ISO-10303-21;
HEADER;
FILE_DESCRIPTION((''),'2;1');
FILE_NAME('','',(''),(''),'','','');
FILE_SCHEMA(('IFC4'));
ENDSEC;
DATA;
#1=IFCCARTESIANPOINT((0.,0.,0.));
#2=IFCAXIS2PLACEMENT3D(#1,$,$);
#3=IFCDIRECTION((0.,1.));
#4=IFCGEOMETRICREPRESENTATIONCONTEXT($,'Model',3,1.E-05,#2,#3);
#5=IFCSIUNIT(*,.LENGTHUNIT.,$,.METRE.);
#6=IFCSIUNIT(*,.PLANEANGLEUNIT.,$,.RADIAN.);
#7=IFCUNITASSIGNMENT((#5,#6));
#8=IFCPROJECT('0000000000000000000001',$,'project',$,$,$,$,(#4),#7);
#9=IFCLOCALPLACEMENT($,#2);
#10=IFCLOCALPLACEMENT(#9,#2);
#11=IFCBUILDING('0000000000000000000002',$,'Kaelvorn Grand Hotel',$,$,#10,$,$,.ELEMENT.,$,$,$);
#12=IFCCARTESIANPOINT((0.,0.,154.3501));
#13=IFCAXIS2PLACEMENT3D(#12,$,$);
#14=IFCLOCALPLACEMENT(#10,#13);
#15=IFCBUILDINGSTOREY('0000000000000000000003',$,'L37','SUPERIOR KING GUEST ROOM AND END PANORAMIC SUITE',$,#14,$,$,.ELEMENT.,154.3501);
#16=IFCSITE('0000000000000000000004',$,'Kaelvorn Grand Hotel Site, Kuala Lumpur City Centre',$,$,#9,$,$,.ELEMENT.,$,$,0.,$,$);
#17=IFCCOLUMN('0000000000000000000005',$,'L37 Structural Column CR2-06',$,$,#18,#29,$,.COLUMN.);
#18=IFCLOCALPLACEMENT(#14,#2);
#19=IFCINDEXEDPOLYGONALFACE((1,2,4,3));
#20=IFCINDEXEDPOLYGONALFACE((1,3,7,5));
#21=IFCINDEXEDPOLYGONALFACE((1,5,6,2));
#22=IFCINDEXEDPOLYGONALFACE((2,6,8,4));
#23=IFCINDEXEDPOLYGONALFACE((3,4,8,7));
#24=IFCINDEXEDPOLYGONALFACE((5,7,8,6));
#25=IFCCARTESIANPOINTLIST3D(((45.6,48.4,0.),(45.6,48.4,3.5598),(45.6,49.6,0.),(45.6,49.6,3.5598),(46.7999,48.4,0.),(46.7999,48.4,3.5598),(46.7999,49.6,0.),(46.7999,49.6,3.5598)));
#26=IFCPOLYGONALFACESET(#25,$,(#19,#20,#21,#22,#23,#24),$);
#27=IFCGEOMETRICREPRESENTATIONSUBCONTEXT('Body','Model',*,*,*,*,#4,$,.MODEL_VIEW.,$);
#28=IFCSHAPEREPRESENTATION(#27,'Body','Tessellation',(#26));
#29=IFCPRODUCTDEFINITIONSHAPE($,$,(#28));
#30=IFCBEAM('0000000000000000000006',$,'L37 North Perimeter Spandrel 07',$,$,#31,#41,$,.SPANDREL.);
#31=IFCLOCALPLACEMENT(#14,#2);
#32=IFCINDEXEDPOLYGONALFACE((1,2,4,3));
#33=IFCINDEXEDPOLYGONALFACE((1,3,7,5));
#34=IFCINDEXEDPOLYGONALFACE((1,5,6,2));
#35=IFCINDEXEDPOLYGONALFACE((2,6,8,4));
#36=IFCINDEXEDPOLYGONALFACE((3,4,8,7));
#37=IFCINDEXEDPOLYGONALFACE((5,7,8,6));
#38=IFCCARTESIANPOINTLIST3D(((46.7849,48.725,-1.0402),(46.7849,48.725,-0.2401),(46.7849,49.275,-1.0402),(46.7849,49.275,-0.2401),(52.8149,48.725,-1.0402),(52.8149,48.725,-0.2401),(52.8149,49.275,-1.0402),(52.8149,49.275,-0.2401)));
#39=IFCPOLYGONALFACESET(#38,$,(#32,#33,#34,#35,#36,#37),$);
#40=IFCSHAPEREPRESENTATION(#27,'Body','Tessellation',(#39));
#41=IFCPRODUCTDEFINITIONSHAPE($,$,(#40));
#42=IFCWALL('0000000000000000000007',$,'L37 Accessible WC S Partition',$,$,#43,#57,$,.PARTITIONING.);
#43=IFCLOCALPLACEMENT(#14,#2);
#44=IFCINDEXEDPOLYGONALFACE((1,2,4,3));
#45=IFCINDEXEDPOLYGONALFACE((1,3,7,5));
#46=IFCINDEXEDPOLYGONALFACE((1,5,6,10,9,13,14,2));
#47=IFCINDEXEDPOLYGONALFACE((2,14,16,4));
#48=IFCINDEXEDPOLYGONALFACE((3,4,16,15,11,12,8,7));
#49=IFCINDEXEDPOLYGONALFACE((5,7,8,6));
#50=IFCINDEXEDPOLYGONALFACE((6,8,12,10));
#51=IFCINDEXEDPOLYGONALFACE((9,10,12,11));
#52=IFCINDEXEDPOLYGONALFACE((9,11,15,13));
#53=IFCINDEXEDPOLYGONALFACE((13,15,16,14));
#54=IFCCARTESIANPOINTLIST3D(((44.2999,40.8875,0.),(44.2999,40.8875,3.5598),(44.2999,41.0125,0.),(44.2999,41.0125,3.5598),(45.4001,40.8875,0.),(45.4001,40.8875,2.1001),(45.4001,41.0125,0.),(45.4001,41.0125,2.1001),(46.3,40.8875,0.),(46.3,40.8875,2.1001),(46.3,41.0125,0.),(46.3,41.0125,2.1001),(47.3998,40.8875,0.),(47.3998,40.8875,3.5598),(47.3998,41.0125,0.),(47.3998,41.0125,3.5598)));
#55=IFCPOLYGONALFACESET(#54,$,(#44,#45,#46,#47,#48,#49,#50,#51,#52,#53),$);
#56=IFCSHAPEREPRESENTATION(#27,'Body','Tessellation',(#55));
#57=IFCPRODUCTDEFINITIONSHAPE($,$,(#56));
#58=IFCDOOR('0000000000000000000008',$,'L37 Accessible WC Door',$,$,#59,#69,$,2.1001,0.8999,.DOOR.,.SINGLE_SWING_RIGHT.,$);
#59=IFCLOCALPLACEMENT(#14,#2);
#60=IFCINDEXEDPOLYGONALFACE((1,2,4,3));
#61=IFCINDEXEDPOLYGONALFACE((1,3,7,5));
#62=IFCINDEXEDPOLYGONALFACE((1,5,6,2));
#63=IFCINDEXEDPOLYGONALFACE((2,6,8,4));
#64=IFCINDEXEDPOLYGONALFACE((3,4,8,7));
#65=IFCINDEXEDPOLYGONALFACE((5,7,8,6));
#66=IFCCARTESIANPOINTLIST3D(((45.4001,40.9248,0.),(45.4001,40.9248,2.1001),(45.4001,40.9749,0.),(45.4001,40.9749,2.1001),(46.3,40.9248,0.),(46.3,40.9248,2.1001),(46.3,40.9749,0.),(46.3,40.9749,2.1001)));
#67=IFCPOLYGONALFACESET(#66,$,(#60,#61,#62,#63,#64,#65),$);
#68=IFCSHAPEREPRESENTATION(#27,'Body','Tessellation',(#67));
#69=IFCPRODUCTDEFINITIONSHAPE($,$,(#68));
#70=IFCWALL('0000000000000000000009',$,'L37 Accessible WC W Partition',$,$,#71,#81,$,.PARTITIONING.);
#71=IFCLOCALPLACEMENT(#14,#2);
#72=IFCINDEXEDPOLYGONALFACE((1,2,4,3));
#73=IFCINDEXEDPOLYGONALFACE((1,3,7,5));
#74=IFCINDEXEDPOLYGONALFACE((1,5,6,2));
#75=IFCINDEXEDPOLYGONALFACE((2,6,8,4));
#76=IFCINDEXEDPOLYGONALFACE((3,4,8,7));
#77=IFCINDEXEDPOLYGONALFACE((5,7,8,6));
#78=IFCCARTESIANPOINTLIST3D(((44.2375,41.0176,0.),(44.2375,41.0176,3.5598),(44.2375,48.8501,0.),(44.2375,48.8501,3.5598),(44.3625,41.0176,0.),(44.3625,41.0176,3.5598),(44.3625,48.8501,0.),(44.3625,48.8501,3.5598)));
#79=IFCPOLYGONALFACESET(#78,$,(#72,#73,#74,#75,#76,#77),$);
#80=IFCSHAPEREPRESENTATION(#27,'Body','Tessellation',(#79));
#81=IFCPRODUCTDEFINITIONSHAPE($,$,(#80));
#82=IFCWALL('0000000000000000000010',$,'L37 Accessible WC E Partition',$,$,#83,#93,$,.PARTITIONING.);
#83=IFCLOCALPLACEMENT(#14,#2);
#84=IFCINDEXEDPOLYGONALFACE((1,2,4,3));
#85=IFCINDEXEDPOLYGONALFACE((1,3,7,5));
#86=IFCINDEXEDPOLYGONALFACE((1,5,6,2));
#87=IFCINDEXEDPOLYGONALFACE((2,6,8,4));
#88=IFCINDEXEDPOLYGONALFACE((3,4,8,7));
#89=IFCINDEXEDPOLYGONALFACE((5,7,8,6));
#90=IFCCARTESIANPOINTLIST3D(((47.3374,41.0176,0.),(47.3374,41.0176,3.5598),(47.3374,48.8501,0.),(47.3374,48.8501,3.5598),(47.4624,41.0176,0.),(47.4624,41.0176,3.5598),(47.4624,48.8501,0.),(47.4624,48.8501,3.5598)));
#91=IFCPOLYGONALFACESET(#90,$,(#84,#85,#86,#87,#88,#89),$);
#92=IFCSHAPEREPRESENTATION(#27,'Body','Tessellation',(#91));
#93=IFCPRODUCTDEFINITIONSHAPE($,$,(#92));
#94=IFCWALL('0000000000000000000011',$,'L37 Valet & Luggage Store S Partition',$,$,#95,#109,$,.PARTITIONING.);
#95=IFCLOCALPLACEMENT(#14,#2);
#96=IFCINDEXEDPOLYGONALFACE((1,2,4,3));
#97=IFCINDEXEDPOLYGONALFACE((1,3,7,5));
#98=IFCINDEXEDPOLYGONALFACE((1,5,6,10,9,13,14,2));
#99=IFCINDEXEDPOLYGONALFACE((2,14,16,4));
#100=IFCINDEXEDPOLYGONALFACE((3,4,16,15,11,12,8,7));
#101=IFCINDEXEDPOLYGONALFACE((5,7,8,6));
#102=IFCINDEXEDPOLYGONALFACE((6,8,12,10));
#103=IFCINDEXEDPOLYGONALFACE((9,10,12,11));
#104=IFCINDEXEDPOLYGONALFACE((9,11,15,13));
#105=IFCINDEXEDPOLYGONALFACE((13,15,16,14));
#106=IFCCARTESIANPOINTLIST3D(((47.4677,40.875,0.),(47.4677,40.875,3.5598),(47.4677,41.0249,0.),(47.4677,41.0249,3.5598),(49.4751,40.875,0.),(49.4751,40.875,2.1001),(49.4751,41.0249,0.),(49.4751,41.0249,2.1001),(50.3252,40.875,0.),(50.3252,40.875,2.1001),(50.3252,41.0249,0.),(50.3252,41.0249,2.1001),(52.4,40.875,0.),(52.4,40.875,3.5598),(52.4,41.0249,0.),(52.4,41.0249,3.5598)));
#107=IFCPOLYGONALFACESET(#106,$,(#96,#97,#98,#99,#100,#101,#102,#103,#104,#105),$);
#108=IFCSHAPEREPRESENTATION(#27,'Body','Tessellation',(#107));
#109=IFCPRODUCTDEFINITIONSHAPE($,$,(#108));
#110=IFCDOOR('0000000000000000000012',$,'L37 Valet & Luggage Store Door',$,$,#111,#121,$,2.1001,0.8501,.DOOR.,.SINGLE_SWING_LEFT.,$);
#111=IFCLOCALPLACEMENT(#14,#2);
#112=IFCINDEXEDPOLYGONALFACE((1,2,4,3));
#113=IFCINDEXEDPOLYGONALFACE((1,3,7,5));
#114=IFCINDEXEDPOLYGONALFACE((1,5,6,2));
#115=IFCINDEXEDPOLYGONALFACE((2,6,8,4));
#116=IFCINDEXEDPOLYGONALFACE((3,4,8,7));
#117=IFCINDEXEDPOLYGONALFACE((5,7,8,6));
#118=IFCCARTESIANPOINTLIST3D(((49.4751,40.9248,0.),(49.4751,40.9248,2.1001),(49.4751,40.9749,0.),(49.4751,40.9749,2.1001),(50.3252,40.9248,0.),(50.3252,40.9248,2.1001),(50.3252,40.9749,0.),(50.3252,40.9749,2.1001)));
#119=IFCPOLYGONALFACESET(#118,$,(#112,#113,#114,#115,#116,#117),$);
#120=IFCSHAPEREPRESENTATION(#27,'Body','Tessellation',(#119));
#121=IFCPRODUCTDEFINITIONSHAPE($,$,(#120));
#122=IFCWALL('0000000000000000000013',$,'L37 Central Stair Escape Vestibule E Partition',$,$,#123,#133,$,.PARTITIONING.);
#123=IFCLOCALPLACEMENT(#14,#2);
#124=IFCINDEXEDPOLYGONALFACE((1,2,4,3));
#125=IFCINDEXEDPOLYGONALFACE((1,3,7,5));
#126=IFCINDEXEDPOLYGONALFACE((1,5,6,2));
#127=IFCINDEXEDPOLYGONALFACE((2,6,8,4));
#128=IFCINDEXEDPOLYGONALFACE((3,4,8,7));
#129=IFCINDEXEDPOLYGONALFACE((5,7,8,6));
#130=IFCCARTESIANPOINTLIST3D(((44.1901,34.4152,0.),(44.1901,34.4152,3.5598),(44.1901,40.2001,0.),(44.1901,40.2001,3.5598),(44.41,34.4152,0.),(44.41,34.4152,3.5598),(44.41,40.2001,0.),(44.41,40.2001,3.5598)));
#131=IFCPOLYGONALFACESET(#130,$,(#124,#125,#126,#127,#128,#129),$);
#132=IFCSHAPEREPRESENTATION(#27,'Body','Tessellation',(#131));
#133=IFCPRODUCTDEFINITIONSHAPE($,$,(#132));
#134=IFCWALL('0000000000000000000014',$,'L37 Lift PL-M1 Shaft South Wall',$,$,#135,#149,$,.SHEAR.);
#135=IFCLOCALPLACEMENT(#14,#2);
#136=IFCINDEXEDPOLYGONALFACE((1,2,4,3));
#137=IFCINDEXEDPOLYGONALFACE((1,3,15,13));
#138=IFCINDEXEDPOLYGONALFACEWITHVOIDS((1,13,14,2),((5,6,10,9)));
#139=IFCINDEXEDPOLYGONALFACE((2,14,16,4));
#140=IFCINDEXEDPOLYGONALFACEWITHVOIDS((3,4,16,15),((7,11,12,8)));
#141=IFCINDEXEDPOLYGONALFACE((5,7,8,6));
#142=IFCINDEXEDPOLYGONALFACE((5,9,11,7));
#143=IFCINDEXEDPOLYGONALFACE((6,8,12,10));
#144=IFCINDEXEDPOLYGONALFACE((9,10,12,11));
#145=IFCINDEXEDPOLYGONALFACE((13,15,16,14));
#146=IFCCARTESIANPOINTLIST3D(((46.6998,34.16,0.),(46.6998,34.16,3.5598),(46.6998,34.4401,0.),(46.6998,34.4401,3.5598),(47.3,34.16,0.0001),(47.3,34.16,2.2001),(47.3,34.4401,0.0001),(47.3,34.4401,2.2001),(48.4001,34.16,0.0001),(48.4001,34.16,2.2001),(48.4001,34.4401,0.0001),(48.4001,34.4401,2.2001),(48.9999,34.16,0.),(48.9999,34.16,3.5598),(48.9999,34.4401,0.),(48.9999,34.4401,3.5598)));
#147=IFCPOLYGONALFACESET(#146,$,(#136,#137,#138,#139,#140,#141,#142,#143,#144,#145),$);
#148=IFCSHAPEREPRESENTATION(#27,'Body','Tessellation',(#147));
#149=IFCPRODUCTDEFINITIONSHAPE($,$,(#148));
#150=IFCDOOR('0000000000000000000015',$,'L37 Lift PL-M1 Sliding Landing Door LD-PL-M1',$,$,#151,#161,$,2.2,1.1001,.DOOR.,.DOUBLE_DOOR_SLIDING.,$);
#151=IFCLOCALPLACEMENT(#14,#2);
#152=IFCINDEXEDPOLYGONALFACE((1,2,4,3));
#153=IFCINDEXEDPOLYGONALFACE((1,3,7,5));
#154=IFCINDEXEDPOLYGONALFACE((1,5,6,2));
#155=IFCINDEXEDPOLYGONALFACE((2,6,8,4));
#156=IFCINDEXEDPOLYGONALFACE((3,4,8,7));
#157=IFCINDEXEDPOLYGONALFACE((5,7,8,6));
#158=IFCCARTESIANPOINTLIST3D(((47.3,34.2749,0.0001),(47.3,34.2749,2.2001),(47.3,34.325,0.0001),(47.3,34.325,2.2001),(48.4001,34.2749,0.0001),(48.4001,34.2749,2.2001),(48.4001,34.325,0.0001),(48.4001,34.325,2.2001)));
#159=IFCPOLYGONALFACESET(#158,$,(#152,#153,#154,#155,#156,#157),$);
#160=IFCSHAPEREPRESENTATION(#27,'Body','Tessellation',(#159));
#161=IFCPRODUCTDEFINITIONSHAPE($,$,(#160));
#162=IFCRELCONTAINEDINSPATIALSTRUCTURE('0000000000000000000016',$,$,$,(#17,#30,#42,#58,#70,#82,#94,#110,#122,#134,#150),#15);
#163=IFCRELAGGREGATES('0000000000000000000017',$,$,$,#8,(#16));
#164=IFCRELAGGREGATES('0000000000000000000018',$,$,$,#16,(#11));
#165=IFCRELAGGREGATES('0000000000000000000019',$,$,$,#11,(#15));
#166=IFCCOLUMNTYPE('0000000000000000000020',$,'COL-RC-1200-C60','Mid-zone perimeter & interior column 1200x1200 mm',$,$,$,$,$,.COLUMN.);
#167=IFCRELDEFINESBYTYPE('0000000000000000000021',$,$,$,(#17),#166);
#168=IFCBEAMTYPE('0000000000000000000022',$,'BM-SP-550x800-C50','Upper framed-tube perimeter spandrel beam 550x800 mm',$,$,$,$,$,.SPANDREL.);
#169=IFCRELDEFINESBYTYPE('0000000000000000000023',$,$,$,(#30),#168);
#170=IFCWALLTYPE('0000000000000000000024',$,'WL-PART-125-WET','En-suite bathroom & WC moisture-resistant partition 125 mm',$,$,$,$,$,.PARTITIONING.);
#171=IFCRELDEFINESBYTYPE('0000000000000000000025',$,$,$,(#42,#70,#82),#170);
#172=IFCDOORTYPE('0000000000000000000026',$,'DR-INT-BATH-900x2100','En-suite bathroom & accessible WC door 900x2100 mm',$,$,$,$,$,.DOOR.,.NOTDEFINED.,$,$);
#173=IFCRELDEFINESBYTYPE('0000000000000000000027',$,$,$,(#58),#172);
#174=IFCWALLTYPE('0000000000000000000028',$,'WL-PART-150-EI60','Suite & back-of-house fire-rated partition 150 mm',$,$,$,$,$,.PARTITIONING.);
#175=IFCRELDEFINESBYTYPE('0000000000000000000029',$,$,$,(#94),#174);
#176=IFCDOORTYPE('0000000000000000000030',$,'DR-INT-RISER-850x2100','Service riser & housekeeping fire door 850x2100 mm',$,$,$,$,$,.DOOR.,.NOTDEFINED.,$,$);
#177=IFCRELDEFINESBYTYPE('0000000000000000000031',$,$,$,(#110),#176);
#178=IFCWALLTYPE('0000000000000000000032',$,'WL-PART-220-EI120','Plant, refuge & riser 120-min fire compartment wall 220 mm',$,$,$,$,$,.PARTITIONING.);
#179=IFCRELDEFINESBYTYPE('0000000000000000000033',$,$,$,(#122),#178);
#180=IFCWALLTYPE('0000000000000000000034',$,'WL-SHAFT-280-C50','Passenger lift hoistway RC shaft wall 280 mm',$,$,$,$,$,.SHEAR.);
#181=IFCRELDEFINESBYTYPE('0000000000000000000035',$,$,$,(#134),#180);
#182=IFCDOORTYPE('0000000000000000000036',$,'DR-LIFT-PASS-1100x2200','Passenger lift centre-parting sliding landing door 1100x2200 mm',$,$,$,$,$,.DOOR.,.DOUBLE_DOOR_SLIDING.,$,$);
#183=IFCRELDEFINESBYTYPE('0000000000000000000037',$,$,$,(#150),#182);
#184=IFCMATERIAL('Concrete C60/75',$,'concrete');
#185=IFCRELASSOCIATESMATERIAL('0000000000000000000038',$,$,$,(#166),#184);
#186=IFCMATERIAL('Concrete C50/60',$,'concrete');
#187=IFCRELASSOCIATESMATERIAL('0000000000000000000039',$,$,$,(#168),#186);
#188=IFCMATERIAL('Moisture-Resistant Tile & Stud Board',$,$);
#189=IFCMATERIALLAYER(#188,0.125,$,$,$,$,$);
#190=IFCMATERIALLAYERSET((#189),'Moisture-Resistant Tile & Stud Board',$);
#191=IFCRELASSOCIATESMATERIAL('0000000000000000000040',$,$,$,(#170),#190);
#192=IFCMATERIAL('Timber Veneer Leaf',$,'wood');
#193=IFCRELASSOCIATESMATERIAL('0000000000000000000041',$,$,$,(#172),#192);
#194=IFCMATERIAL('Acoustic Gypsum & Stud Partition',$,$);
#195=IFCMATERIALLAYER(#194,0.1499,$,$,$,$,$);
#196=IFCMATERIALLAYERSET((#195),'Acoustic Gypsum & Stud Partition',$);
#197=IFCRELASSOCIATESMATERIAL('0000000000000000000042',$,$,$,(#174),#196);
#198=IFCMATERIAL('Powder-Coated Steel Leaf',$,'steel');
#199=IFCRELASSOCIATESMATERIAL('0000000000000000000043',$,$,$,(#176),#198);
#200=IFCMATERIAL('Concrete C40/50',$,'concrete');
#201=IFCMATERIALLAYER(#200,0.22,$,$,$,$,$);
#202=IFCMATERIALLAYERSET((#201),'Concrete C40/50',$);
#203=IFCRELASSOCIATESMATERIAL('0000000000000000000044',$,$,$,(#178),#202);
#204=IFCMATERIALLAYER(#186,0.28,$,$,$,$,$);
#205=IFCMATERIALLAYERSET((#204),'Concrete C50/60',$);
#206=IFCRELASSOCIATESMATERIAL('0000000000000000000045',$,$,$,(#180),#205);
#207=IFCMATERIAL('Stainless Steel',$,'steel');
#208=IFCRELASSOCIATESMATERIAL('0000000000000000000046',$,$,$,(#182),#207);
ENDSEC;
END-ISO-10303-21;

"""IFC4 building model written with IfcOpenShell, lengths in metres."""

from ifc_helpers import new_model, si_unit, direction, frame, frame_2d, origin, origin_2d, place, context, subcontext, project, spatial, rectangle, extrude, material, layer, layer_set, material_profile, profile_set, type_object, element, fill, save


model = new_model("IFC4")

# Units and contexts
model_context = context("Model", 3, precision=1e-05, world=origin(), true_north=direction((0.0, 1.0)))
body_context = subcontext(model_context, "Body", "Model", "MODEL_VIEW")
ifc_project = project(units=[si_unit("LENGTHUNIT", "METRE"), si_unit("PLANEANGLEUNIT", "RADIAN")], contexts=[model_context])

# Site, building, storey
site_placement = place(None, origin())
site = spatial("IfcSite", under=ifc_project, at=site_placement, Name="Kaelvorn Grand Hotel Site, Kuala Lumpur City Centre", CompositionType="ELEMENT", RefElevation=0.0)
building_placement = place(site_placement, origin())
building = spatial("IfcBuilding", under=site, at=building_placement, Name="Kaelvorn Grand Hotel", CompositionType="ELEMENT")
storey_placement = place(building_placement, frame((0.0, 0.0, 154.3501)))
storey = spatial("IfcBuildingStorey", under=building, at=storey_placement, Name="L37", Description="SUPERIOR KING GUEST ROOM AND END PANORAMIC SUITE", CompositionType="ELEMENT", Elevation=154.3501)

# Column
ifc_material_1 = material(Name="Concrete C60/75", Category="concrete")
ifc_material_profile_1 = material_profile(ifc_material_1, rectangle(XDim=1.2, YDim=1.2, at=origin_2d()), Name="RC COL 1200x1200")
ifc_profile_set_1 = profile_set([ifc_material_profile_1], Name="Concrete C60/75")
column_type = type_object("IfcColumnType", Name="COL-RC-1200-C60", Description="Mid-zone perimeter & interior column 1200x1200 mm", PredefinedType="COLUMN", material=ifc_profile_set_1)
column_placement = place(storey_placement, frame((46.2, 49.0, 0.0), z_axis=(0.0, 0.0, 1.0), x_axis=(1.0, 0.0, 0.0)))
element("IfcColumn", 1, at=column_placement, inside=storey, type_object=column_type, Name="L37 Structural Column CR2-06", PredefinedType="COLUMN", context=body_context, shape_type="SweptSolid", body=[
    extrude(rectangle(XDim=1.2, YDim=1.2, at=origin_2d()), origin(), (0.0, 0.0, 1.0), 3.5598),
])

# Beam
ifc_material_2 = material(Name="Concrete C50/60", Category="concrete")
ifc_material_profile_2 = material_profile(ifc_material_2, rectangle(XDim=0.55, YDim=0.8, at=origin_2d()), Name="RC SPANDREL 550x800")
ifc_profile_set_2 = profile_set([ifc_material_profile_2], Name="Concrete C50/60")
beam_type = type_object("IfcBeamType", Name="BM-SP-550x800-C50", Description="Upper framed-tube perimeter spandrel beam 550x800 mm", PredefinedType="SPANDREL", material=ifc_profile_set_2)
beam_placement = place(storey_placement, frame((46.7849, 49.0, -0.6401), z_axis=(1.0, 0.0, 0.0), x_axis=(0.0, 1.0, 0.0)))
element("IfcBeam", 2, at=beam_placement, inside=storey, type_object=beam_type, Name="L37 North Perimeter Spandrel 07", PredefinedType="SPANDREL", context=body_context, shape_type="SweptSolid", body=[
    extrude(rectangle(XDim=0.55, YDim=0.8, at=origin_2d()), origin(), (0.0, 0.0, 1.0), 6.03),
])

# Wall, opening, door
ifc_material_3 = material(Name="Moisture-Resistant Tile & Stud Board")
ifc_layer_1 = layer(ifc_material_3, 0.125)
ifc_layer_set_1 = layer_set([ifc_layer_1], Name="Moisture-Resistant Tile & Stud Board")
wall_type_1 = type_object("IfcWallType", Name="WL-PART-125-WET", Description="En-suite bathroom & WC moisture-resistant partition 125 mm", PredefinedType="PARTITIONING", material=ifc_layer_set_1)
wall_1_placement = place(storey_placement, frame((44.3, 40.95, 0.0), z_axis=(0.0, 0.0, 1.0), x_axis=(1.0, 0.0, 0.0)))
wall_1 = element("IfcWall", 3, at=wall_1_placement, inside=storey, type_object=wall_type_1, Name="L37 Accessible WC S Partition", PredefinedType="PARTITIONING", context=body_context, shape_type="SweptSolid", body=[
    extrude(rectangle(XDim=3.0999, YDim=0.125, at=frame_2d((1.5498, 0.0))), origin(), (0.0, 0.0, 1.0), 3.5598),
])
opening_1_placement = place(wall_1_placement, frame((1.1001, 0.0, 0.0)))
opening_1 = element("IfcOpeningElement", 4, at=opening_1_placement, cuts=wall_1, PredefinedType="OPENING", context=body_context, shape_type="SweptSolid", body=[
    extrude(rectangle(XDim=0.8999, YDim=2.1001, at=frame_2d((0.45, 1.05))), frame((0.0, 0.0725, 0.0), z_axis=(0.0, -1.0, 0.0), x_axis=(1.0, 0.0, 0.0)), (0.0, 0.0, 1.0), 0.145),
])
ifc_material_4 = material(Name="Timber Veneer Leaf", Category="wood")
door_type_1 = type_object("IfcDoorType", Name="DR-INT-BATH-900x2100", Description="En-suite bathroom & accessible WC door 900x2100 mm", OperationType="NOTDEFINED", PredefinedType="DOOR", material=ifc_material_4)
door_1_placement = place(opening_1_placement, origin())
door_1 = element("IfcDoor", 5, at=door_1_placement, inside=storey, type_object=door_type_1, Name="L37 Accessible WC Door", OperationType="SINGLE_SWING_RIGHT", OverallHeight=2.1001, OverallWidth=0.8999, PredefinedType="DOOR", context=body_context, shape_type="SweptSolid", body=[
    extrude(rectangle(XDim=0.8999, YDim=2.1001, at=frame_2d((0.45, 1.05))), frame((0.0, 0.0249, 0.0), z_axis=(0.0, -1.0, 0.0), x_axis=(1.0, 0.0, 0.0)), (0.0, 0.0, 1.0), 0.05),
])
fill(opening_1, door_1)

# Walls
for number, where, z_axis, x_axis, name in (
    (6, (44.3, 41.0176, 0.0), (0.0, 0.0, 1.0), (0.0, 1.0, 0.0), "L37 Accessible WC W Partition"),
    (7, (47.3999, 41.0176, 0.0), (0.0, 0.0, 1.0), (0.0, 1.0, 0.0), "L37 Accessible WC E Partition"),
):
    element("IfcWall", number, at=place(storey_placement, frame(where, z_axis=z_axis, x_axis=x_axis)), inside=storey, type_object=wall_type_1, Name=name, PredefinedType="PARTITIONING", context=body_context, shape_type="SweptSolid", body=[
        extrude(rectangle(XDim=7.8325, YDim=0.125, at=frame_2d((3.9163, 0.0))), origin(), (0.0, 0.0, 1.0), 3.5598),
    ])

# Wall, opening, door
ifc_material_5 = material(Name="Acoustic Gypsum & Stud Partition")
ifc_layer_2 = layer(ifc_material_5, 0.1499)
ifc_layer_set_2 = layer_set([ifc_layer_2], Name="Acoustic Gypsum & Stud Partition")
wall_type_2 = type_object("IfcWallType", Name="WL-PART-150-EI60", Description="Suite & back-of-house fire-rated partition 150 mm", PredefinedType="PARTITIONING", material=ifc_layer_set_2)
wall_2_placement = place(storey_placement, frame((47.4675, 40.95, 0.0), z_axis=(0.0, 0.0, 1.0), x_axis=(1.0, 0.0, 0.0)))
wall_2 = element("IfcWall", 8, at=wall_2_placement, inside=storey, type_object=wall_type_2, Name="L37 Valet & Luggage Store S Partition", PredefinedType="PARTITIONING", context=body_context, shape_type="SweptSolid", body=[
    extrude(rectangle(XDim=4.9324, YDim=0.1499, at=frame_2d((2.4663, 0.0))), origin(), (0.0, 0.0, 1.0), 3.5598),
])
opening_2_placement = place(wall_2_placement, frame((2.0076, 0.0, 0.0)))
opening_2 = element("IfcOpeningElement", 9, at=opening_2_placement, cuts=wall_2, PredefinedType="OPENING", context=body_context, shape_type="SweptSolid", body=[
    extrude(rectangle(XDim=0.8501, YDim=2.1001, at=frame_2d((0.425, 1.05))), frame((0.0, 0.085, 0.0), z_axis=(0.0, -1.0, 0.0), x_axis=(1.0, 0.0, 0.0)), (0.0, 0.0, 1.0), 0.1699),
])
ifc_material_6 = material(Name="Powder-Coated Steel Leaf", Category="steel")
door_type_2 = type_object("IfcDoorType", Name="DR-INT-RISER-850x2100", Description="Service riser & housekeeping fire door 850x2100 mm", OperationType="NOTDEFINED", PredefinedType="DOOR", material=ifc_material_6)
door_2_placement = place(opening_2_placement, origin())
door_2 = element("IfcDoor", 10, at=door_2_placement, inside=storey, type_object=door_type_2, Name="L37 Valet & Luggage Store Door", OperationType="SINGLE_SWING_LEFT", OverallHeight=2.1001, OverallWidth=0.8501, PredefinedType="DOOR", context=body_context, shape_type="SweptSolid", body=[
    extrude(rectangle(XDim=0.8501, YDim=2.1001, at=frame_2d((0.425, 1.05))), frame((0.0, 0.0249, 0.0), z_axis=(0.0, -1.0, 0.0), x_axis=(1.0, 0.0, 0.0)), (0.0, 0.0, 1.0), 0.05),
])
fill(opening_2, door_2)

# Wall
ifc_material_7 = material(Name="Concrete C40/50", Category="concrete")
ifc_layer_3 = layer(ifc_material_7, 0.22)
ifc_layer_set_3 = layer_set([ifc_layer_3], Name="Concrete C40/50")
wall_type_3 = type_object("IfcWallType", Name="WL-PART-220-EI120", Description="Plant, refuge & riser 120-min fire compartment wall 220 mm", PredefinedType="PARTITIONING", material=ifc_layer_set_3)
wall_3_placement = place(storey_placement, frame((44.3, 34.415, 0.0), z_axis=(0.0, 0.0, 1.0), x_axis=(0.0, 1.0, 0.0)))
element("IfcWall", 11, at=wall_3_placement, inside=storey, type_object=wall_type_3, Name="L37 Central Stair Escape Vestibule E Partition", PredefinedType="PARTITIONING", context=body_context, shape_type="SweptSolid", body=[
    extrude(rectangle(XDim=5.7849, YDim=0.22, at=frame_2d((2.8926, 0.0))), origin(), (0.0, 0.0, 1.0), 3.5598),
])

# Wall, opening, door
ifc_layer_4 = layer(ifc_material_2, 0.28)
ifc_layer_set_4 = layer_set([ifc_layer_4], Name="Concrete C50/60")
wall_type_4 = type_object("IfcWallType", Name="WL-SHAFT-280-C50", Description="Passenger lift hoistway RC shaft wall 280 mm", PredefinedType="SHEAR", material=ifc_layer_set_4)
wall_4_placement = place(storey_placement, frame((46.7, 34.3, 0.0), z_axis=(0.0, 0.0, 1.0), x_axis=(1.0, 0.0, 0.0)))
wall_4 = element("IfcWall", 12, at=wall_4_placement, inside=storey, type_object=wall_type_4, Name="L37 Lift PL-M1 Shaft South Wall", PredefinedType="SHEAR", context=body_context, shape_type="SweptSolid", body=[
    extrude(rectangle(XDim=2.3, YDim=0.28, at=frame_2d((1.1499, 0.0))), origin(), (0.0, 0.0, 1.0), 3.5598),
])
opening_3_placement = place(wall_4_placement, frame((0.6001, 0.0, 0.0)))
opening_3 = element("IfcOpeningElement", 13, at=opening_3_placement, cuts=wall_4, PredefinedType="OPENING", context=body_context, shape_type="SweptSolid", body=[
    extrude(rectangle(XDim=1.1001, YDim=2.2, at=frame_2d((0.55, 1.1001))), frame((0.0, 0.1499, 0.0), z_axis=(0.0, -1.0, 0.0), x_axis=(1.0, 0.0, 0.0)), (0.0, 0.0, 1.0), 0.3),
])
ifc_material_8 = material(Name="Stainless Steel", Category="steel")
door_type_3 = type_object("IfcDoorType", Name="DR-LIFT-PASS-1100x2200", Description="Passenger lift centre-parting sliding landing door 1100x2200 mm", OperationType="DOUBLE_DOOR_SLIDING", PredefinedType="DOOR", material=ifc_material_8)
door_3_placement = place(opening_3_placement, origin())
door_3 = element("IfcDoor", 14, at=door_3_placement, inside=storey, type_object=door_type_3, Name="L37 Lift PL-M1 Sliding Landing Door LD-PL-M1", OperationType="DOUBLE_DOOR_SLIDING", OverallHeight=2.2, OverallWidth=1.1001, PredefinedType="DOOR", context=body_context, shape_type="SweptSolid", body=[
    extrude(rectangle(XDim=1.1001, YDim=2.2, at=frame_2d((0.55, 1.1001))), frame((0.0, 0.0249, 0.0), z_axis=(0.0, -1.0, 0.0), x_axis=(1.0, 0.0, 0.0)), (0.0, 0.0, 1.0), 0.05),
])
fill(opening_3, door_3)

save(model, "model.ifc")
